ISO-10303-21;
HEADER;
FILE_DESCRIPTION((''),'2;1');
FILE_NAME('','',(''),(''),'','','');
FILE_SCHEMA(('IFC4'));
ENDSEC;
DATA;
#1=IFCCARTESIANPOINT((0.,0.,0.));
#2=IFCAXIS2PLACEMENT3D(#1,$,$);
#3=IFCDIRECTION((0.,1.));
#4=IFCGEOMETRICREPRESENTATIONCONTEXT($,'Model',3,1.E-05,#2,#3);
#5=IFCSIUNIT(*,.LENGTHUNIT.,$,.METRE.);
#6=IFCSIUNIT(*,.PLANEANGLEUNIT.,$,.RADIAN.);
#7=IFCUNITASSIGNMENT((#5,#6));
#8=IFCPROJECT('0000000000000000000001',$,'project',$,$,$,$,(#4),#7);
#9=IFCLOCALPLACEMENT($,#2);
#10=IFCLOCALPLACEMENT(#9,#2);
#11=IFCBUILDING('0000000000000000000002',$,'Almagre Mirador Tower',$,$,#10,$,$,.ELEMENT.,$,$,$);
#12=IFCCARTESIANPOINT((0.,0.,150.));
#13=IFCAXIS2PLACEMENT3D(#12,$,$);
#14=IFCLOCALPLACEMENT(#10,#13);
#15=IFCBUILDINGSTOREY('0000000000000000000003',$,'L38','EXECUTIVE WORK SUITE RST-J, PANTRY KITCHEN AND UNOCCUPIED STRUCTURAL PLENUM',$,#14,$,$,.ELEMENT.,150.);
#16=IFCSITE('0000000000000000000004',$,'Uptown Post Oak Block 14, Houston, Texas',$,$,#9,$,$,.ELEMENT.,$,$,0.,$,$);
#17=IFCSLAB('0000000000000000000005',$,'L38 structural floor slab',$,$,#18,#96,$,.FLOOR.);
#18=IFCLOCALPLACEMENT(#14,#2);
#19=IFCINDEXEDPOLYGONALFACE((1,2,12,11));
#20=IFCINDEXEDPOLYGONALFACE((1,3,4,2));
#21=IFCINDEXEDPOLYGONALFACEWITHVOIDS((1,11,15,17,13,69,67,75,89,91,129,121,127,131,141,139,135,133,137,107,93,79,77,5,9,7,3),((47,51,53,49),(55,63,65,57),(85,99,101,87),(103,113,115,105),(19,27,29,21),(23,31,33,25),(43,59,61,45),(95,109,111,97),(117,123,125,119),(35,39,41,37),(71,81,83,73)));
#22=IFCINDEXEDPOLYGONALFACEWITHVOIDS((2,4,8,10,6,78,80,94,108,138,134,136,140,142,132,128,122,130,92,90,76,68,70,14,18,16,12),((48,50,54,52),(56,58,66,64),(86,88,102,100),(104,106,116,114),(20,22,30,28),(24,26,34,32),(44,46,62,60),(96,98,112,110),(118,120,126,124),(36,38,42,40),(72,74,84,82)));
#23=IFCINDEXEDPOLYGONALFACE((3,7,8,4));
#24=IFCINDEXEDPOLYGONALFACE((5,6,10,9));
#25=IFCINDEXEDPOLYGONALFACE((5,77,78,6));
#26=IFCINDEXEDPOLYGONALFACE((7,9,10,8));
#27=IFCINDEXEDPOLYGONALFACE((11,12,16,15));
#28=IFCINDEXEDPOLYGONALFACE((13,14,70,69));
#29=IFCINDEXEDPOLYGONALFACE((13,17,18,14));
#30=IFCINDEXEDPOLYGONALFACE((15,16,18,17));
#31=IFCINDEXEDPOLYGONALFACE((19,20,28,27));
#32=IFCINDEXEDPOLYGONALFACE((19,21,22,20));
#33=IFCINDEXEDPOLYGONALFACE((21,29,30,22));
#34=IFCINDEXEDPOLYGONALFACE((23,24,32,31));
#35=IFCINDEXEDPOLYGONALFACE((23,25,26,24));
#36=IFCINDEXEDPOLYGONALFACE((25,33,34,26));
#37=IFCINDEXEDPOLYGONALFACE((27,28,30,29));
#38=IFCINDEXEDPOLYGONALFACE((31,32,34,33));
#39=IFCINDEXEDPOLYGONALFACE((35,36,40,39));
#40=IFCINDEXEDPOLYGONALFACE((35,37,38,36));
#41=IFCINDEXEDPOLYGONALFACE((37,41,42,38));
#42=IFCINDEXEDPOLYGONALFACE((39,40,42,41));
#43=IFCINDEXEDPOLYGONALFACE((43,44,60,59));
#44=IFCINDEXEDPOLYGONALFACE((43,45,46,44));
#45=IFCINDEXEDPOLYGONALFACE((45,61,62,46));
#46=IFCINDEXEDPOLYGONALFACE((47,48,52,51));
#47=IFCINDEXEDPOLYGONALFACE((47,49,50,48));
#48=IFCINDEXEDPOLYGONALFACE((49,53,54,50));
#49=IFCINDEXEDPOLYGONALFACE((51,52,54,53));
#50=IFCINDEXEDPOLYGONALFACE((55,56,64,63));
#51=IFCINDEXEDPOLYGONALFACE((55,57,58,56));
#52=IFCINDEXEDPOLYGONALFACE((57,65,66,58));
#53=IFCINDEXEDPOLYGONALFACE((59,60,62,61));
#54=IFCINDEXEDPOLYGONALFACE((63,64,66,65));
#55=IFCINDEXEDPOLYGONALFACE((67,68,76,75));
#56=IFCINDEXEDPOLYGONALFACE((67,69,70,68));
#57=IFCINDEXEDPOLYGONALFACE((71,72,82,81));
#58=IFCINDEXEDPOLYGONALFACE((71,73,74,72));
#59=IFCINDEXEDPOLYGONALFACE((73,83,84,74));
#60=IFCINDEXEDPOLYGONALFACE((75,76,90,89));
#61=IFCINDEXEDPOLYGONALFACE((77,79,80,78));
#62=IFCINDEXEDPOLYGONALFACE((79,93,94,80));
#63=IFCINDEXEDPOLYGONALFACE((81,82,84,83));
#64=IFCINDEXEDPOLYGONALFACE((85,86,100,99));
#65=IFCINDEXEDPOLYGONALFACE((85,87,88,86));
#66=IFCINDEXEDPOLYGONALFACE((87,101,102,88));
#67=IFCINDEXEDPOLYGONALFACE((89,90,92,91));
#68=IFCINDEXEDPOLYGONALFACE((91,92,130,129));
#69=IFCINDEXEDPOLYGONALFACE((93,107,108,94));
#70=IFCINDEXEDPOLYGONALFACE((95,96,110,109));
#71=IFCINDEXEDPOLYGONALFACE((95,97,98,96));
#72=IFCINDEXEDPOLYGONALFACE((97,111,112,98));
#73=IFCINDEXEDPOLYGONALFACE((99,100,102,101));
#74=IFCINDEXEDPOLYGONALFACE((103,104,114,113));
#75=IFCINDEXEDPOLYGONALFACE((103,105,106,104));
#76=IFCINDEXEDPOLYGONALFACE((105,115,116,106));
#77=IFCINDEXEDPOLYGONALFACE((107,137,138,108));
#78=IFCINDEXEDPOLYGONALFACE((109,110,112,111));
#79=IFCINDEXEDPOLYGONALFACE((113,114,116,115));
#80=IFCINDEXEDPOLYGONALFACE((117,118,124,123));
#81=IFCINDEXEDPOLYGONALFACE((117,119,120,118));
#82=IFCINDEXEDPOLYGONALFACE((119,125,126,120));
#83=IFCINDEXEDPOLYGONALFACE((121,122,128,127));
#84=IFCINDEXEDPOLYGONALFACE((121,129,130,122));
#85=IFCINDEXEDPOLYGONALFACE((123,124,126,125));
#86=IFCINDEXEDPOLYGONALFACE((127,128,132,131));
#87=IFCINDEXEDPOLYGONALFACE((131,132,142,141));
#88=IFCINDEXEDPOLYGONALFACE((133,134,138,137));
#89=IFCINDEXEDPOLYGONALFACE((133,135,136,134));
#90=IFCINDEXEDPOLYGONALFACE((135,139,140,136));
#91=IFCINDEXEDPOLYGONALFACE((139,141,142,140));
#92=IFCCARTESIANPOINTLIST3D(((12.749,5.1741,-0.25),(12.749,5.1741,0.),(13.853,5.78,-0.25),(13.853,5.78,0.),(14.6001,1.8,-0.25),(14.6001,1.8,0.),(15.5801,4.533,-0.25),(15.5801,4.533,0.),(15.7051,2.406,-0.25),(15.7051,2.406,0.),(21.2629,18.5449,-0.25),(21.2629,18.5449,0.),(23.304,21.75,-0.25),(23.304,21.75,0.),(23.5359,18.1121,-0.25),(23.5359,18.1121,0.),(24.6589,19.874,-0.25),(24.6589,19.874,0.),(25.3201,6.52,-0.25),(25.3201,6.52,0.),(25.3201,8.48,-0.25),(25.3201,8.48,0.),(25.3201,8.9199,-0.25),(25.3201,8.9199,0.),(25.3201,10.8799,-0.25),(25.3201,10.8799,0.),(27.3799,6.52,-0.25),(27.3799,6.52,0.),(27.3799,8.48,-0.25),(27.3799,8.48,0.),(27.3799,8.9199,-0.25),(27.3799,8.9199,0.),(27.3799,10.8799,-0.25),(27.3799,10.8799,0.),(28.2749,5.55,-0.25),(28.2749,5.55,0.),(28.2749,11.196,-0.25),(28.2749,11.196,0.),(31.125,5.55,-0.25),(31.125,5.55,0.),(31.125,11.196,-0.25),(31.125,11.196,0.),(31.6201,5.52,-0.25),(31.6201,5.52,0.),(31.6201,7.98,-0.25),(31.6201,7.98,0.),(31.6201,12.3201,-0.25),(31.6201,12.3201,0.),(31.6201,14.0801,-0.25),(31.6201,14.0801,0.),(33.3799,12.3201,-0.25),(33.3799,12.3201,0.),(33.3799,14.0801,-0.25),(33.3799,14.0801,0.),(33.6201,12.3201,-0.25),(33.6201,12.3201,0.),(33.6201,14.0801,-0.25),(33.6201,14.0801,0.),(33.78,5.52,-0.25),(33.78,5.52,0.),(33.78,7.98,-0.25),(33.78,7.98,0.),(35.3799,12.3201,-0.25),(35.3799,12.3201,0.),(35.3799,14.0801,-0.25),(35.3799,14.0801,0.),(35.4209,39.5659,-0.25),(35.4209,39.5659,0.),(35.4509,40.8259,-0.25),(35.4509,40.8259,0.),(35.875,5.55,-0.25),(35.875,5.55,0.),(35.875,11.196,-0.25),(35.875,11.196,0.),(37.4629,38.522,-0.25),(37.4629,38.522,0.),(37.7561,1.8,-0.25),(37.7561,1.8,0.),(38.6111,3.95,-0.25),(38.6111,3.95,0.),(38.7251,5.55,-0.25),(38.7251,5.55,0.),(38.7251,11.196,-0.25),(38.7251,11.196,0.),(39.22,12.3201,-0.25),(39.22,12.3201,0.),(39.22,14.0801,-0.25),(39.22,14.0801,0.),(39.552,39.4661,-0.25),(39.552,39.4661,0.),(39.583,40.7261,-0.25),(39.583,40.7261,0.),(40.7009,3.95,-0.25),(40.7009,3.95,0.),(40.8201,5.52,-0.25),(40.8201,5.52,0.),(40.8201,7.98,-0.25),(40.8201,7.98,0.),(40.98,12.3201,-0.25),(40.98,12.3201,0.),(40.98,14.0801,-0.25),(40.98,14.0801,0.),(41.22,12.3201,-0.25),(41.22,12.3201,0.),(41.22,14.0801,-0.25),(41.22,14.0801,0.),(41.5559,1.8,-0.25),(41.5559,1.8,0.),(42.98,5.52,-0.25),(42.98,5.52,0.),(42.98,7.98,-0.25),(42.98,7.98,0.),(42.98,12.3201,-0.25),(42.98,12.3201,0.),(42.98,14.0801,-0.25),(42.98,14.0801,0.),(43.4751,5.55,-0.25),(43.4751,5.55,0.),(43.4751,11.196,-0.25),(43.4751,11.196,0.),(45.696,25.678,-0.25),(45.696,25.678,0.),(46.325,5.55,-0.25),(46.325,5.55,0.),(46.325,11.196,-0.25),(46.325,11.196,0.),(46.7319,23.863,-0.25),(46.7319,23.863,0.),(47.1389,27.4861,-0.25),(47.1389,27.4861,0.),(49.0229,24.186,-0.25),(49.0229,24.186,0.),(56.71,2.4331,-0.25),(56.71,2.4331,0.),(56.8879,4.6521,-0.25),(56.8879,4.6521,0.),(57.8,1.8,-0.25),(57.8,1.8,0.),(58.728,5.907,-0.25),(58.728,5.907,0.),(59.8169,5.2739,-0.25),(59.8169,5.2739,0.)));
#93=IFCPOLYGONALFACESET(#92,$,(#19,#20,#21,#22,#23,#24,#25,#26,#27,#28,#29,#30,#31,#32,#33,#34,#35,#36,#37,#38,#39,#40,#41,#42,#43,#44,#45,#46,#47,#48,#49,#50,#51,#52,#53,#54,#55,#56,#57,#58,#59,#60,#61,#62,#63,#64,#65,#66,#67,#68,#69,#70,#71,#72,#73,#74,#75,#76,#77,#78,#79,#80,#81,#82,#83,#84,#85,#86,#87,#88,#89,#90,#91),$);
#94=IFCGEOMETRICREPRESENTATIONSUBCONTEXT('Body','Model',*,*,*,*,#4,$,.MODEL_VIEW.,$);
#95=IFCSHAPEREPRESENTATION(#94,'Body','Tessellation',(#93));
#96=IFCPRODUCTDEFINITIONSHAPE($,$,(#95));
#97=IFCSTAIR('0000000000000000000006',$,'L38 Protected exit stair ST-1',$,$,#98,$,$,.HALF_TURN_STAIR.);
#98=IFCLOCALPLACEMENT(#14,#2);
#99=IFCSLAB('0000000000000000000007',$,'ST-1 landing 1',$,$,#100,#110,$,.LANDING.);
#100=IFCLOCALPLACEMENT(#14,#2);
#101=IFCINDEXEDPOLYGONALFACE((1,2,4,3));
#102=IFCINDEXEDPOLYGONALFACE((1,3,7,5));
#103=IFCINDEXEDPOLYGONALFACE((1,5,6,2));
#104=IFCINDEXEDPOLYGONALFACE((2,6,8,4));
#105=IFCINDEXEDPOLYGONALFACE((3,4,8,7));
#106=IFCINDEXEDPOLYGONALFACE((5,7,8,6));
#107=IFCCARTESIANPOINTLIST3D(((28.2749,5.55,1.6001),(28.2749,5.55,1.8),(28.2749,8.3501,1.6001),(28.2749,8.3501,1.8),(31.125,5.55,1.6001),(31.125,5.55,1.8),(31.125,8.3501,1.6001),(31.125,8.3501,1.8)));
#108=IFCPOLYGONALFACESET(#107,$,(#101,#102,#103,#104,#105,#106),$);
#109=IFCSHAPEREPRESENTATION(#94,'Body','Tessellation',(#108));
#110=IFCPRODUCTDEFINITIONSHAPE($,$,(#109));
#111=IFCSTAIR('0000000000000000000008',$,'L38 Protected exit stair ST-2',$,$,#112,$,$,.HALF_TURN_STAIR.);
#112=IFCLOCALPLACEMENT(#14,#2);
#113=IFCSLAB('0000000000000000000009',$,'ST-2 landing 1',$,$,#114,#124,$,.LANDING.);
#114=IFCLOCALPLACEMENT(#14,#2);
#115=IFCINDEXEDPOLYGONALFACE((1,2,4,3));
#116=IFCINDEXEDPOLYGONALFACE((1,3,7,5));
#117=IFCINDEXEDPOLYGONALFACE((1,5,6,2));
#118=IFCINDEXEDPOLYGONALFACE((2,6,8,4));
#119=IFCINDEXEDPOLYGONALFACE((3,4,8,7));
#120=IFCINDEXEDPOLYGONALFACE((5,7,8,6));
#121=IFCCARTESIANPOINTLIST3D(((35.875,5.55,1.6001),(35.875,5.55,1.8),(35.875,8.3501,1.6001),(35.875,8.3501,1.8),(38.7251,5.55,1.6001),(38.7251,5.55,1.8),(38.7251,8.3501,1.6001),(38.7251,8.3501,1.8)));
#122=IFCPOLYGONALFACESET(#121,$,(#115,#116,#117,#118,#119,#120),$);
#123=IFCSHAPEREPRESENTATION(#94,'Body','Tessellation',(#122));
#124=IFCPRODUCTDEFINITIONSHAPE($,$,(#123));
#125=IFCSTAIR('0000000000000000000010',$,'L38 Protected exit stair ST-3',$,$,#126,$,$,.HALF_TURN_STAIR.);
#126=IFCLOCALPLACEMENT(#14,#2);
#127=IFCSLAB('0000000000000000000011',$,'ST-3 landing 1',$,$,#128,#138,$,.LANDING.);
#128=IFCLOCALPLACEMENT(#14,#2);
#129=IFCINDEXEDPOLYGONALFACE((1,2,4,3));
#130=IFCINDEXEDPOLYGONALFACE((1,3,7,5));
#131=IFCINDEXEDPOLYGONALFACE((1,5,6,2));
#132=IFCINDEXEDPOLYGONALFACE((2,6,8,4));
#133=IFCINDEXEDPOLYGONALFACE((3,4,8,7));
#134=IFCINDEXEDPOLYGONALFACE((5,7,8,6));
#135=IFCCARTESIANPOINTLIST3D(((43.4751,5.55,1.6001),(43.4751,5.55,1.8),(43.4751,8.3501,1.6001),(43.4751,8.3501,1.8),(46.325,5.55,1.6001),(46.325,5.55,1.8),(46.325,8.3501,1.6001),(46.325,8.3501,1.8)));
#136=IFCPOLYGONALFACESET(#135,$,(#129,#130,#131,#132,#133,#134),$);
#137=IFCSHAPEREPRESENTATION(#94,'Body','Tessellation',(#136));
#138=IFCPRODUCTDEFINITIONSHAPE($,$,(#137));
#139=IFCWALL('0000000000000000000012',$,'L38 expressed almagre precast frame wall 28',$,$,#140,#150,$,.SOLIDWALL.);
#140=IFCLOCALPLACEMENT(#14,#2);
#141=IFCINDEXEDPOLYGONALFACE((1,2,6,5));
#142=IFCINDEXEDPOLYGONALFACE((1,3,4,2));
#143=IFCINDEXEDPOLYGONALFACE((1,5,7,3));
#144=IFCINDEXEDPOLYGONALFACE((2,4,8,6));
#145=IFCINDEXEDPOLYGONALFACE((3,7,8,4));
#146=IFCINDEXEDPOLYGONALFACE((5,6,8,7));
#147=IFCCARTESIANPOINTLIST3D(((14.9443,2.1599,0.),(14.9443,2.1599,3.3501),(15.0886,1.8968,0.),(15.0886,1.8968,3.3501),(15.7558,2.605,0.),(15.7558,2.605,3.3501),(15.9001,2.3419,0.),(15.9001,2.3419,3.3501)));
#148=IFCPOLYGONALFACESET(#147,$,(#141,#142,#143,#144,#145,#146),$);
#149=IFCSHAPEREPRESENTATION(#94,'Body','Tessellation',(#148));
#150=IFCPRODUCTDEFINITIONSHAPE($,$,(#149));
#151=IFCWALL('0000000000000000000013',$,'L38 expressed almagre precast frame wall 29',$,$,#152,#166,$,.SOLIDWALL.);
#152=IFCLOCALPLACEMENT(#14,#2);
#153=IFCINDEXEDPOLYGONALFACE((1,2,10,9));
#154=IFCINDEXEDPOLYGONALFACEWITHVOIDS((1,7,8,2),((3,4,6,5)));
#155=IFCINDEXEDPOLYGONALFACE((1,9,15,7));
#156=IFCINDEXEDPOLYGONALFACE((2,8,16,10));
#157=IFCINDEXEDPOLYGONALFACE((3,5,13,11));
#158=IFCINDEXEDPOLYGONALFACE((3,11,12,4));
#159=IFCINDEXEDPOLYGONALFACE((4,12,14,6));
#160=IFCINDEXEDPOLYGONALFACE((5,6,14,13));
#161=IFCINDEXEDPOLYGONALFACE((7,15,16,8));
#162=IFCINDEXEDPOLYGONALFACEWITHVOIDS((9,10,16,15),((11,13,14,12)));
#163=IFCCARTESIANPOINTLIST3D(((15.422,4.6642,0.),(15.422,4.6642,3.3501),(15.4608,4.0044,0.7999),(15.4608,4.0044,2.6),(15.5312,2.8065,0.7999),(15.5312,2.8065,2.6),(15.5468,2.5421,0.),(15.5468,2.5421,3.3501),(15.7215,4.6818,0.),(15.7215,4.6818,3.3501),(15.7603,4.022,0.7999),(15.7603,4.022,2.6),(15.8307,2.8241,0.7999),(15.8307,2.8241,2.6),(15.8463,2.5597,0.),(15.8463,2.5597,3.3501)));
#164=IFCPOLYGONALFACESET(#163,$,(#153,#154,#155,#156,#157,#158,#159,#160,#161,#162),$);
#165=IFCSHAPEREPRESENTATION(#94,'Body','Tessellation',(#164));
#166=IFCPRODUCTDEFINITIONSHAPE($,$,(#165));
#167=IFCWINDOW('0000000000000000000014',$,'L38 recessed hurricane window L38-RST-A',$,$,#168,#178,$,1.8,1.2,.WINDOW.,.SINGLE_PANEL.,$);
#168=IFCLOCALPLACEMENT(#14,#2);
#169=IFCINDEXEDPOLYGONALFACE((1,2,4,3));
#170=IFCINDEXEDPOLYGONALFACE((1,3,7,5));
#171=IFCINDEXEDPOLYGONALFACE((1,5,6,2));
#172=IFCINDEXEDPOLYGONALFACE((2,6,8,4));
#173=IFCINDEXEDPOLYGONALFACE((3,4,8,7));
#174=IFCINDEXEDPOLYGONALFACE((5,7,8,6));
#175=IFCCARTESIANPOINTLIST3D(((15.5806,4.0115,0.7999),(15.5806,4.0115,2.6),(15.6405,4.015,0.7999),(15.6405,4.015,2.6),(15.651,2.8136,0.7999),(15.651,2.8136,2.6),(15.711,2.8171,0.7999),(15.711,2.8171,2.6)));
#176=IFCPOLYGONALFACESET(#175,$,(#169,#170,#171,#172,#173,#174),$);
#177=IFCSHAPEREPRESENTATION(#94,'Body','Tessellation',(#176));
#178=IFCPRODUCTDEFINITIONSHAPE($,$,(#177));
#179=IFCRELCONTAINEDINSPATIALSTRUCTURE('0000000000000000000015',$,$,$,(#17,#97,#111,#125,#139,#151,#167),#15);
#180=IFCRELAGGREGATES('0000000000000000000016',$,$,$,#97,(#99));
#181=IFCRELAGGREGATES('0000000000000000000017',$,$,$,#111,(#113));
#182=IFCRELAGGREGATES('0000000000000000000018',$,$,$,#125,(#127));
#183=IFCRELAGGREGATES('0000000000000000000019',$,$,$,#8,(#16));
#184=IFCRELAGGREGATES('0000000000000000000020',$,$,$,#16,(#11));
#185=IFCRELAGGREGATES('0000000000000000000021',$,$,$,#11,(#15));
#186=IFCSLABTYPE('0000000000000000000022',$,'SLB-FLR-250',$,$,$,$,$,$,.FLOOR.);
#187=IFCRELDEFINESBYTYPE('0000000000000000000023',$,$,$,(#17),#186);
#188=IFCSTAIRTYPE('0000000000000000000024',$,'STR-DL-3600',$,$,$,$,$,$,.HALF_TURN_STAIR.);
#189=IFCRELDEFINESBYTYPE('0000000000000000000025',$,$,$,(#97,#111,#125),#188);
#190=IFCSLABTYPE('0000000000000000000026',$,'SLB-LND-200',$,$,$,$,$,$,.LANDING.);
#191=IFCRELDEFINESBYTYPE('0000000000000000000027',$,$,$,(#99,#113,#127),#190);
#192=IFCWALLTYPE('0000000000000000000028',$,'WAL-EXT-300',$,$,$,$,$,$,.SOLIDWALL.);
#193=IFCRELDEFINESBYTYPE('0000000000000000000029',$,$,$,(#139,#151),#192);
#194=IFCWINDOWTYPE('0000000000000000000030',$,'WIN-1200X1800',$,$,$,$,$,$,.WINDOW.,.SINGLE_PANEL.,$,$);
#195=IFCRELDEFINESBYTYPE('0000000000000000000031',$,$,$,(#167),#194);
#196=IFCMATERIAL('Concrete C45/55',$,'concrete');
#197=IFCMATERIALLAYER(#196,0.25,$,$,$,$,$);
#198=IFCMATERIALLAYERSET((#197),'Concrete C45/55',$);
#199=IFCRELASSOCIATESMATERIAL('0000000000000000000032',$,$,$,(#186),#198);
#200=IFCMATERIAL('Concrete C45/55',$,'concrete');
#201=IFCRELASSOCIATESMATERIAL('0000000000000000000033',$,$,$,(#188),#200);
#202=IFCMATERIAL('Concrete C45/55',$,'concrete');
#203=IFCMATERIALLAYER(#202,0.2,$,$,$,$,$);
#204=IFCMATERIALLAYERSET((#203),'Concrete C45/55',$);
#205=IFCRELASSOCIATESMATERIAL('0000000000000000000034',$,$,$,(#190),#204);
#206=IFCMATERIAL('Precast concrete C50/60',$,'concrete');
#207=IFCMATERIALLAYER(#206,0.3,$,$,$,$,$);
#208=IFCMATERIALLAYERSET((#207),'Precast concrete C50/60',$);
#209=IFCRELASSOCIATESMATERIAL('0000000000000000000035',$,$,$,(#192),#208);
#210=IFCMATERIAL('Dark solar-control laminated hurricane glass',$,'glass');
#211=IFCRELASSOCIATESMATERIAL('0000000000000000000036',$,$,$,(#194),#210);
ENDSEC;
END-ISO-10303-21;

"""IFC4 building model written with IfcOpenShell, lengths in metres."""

from ifc_helpers import new_model, si_unit, direction, frame, frame_2d, origin, place, context, subcontext, project, spatial, polyline, rectangle, outline, extrude, material, layer, layer_set, type_object, element, fill, aggregate, save


model = new_model("IFC4")

# Units and contexts
model_context = context("Model", 3, precision=1e-05, world=origin(), true_north=direction((0.0, 1.0)))
body_context = subcontext(model_context, "Body", "Model", "MODEL_VIEW")
ifc_project = project(units=[si_unit("LENGTHUNIT", "METRE"), si_unit("PLANEANGLEUNIT", "RADIAN")], contexts=[model_context])

# Site, building, storey
site_placement = place(None, origin())
site = spatial("IfcSite", under=ifc_project, at=site_placement, Name="Uptown Post Oak Block 14, Houston, Texas", CompositionType="ELEMENT", RefElevation=0.0)
building_placement = place(site_placement, origin())
building = spatial("IfcBuilding", under=site, at=building_placement, Name="Almagre Mirador Tower", CompositionType="ELEMENT")
storey_placement = place(building_placement, frame((0.0, 0.0, 150.0)))
storey = spatial("IfcBuildingStorey", under=building, at=storey_placement, Name="L38", Description="EXECUTIVE WORK SUITE RST-J, PANTRY KITCHEN AND UNOCCUPIED STRUCTURAL PLENUM", CompositionType="ELEMENT", Elevation=150.0)

# Slab
ifc_material_1 = material(Name="Concrete C45/55", Category="concrete")
ifc_layer_1 = layer(ifc_material_1, 0.25)
ifc_layer_set_1 = layer_set([ifc_layer_1], Name="Concrete C45/55")
slab_type_1 = type_object("IfcSlabType", Name="SLB-FLR-250", PredefinedType="FLOOR", material=ifc_layer_set_1)
slab_1_placement = place(storey_placement, frame((0.0, 0.0, -0.25)))
element("IfcSlab", 1, at=slab_1_placement, inside=storey, type_object=slab_type_1, Name="L38 structural floor slab", PredefinedType="FLOOR", context=body_context, shape_type="SweptSolid", body=[
    extrude(outline(polyline([(12.749, 5.1741), (13.853, 5.78), (15.5801, 4.533), (15.7051, 2.406), (14.6001, 1.8), (37.7561, 1.8), (38.6111, 3.95), (40.7009, 3.95), (41.5559, 1.8), (57.8, 1.8), (56.71, 2.4331), (56.8879, 4.6521), (58.728, 5.907), (59.8169, 5.2739), (49.0229, 24.186), (46.7319, 23.863), (45.696, 25.678), (47.1389, 27.4861), (39.583, 40.7261), (39.552, 39.4661), (37.4629, 38.522), (35.4209, 39.5659), (35.4509, 40.8259), (23.304, 21.75), (24.6589, 19.874), (23.5359, 18.1121), (21.2629, 18.5449), (12.749, 5.1741)]), holes=[polyline([(43.4751, 5.55), (43.4751, 11.196), (46.325, 11.196), (46.325, 5.55), (43.4751, 5.55)]), polyline([(40.8201, 5.52), (40.8201, 7.98), (42.98, 7.98), (42.98, 5.52), (40.8201, 5.52)]), polyline([(41.22, 12.3201), (41.22, 14.0801), (42.98, 14.0801), (42.98, 12.3201), (41.22, 12.3201)]), polyline([(39.22, 12.3201), (39.22, 14.0801), (40.98, 14.0801), (40.98, 12.3201), (39.22, 12.3201)]), polyline([(35.875, 11.196), (38.7251, 11.196), (38.7251, 5.55), (35.875, 5.55), (35.875, 11.196)]), polyline([(35.3799, 12.3201), (33.6201, 12.3201), (33.6201, 14.0801), (35.3799, 14.0801), (35.3799, 12.3201)]), polyline([(33.78, 5.52), (31.6201, 5.52), (31.6201, 7.98), (33.78, 7.98), (33.78, 5.52)]), polyline([(31.6201, 12.3201), (31.6201, 14.0801), (33.3799, 14.0801), (33.3799, 12.3201), (31.6201, 12.3201)]), polyline([(28.2749, 5.55), (28.2749, 11.196), (31.125, 11.196), (31.125, 5.55), (28.2749, 5.55)]), polyline([(25.3201, 8.9199), (25.3201, 10.8799), (27.3799, 10.8799), (27.3799, 8.9199), (25.3201, 8.9199)]), polyline([(27.3799, 6.52), (25.3201, 6.52), (25.3201, 8.48), (27.3799, 8.48), (27.3799, 6.52)])]), origin(), (0.0, 0.0, 1.0), 0.25),
])

# Stairs, slabs
ifc_material_2 = material(Name="Concrete C45/55", Category="concrete")
stair_type = type_object("IfcStairType", Name="STR-DL-3600", PredefinedType="HALF_TURN_STAIR", material=ifc_material_2)
stair_1_placement = place(storey_placement, origin())
stair_1 = element("IfcStair", 2, at=stair_1_placement, inside=storey, type_object=stair_type, Name="L38 Protected exit stair ST-1", PredefinedType="HALF_TURN_STAIR")
ifc_material_3 = material(Name="Concrete C45/55", Category="concrete")
ifc_layer_2 = layer(ifc_material_3, 0.2)
ifc_layer_set_2 = layer_set([ifc_layer_2], Name="Concrete C45/55")
slab_type_2 = type_object("IfcSlabType", Name="SLB-LND-200", PredefinedType="LANDING", material=ifc_layer_set_2)
slab_2_placement = place(storey_placement, frame((0.0, 0.0, 1.6001)))
slab_2 = element("IfcSlab", 3, at=slab_2_placement, type_object=slab_type_2, Name="ST-1 landing 1", PredefinedType="LANDING", context=body_context, shape_type="SweptSolid", body=[
    extrude(outline(polyline([(28.2749, 8.3501), (28.2749, 5.55), (31.125, 5.55), (31.125, 8.3501), (28.2749, 8.3501)])), origin(), (0.0, 0.0, 1.0), 0.2),
])
aggregate(stair_1, [slab_2])
stair_2_placement = place(storey_placement, origin())
stair_2 = element("IfcStair", 4, at=stair_2_placement, inside=storey, type_object=stair_type, Name="L38 Protected exit stair ST-2", PredefinedType="HALF_TURN_STAIR")
slab_3_placement = place(storey_placement, frame((0.0, 0.0, 1.6001)))
slab_3 = element("IfcSlab", 5, at=slab_3_placement, type_object=slab_type_2, Name="ST-2 landing 1", PredefinedType="LANDING", context=body_context, shape_type="SweptSolid", body=[
    extrude(outline(polyline([(35.875, 8.3501), (35.875, 5.55), (38.7251, 5.55), (38.7251, 8.3501), (35.875, 8.3501)])), origin(), (0.0, 0.0, 1.0), 0.2),
])
aggregate(stair_2, [slab_3])
stair_3_placement = place(storey_placement, origin())
stair_3 = element("IfcStair", 6, at=stair_3_placement, inside=storey, type_object=stair_type, Name="L38 Protected exit stair ST-3", PredefinedType="HALF_TURN_STAIR")
slab_4_placement = place(storey_placement, frame((0.0, 0.0, 1.6001)))
slab_4 = element("IfcSlab", 7, at=slab_4_placement, type_object=slab_type_2, Name="ST-3 landing 1", PredefinedType="LANDING", context=body_context, shape_type="SweptSolid", body=[
    extrude(outline(polyline([(43.4751, 8.3501), (43.4751, 5.55), (46.325, 5.55), (46.325, 8.3501), (43.4751, 8.3501)])), origin(), (0.0, 0.0, 1.0), 0.2),
])
aggregate(stair_3, [slab_4])

# Wall
ifc_material_4 = material(Name="Precast concrete C50/60", Category="concrete")
ifc_layer_3 = layer(ifc_material_4, 0.3)
ifc_layer_set_3 = layer_set([ifc_layer_3], Name="Precast concrete C50/60")
wall_type = type_object("IfcWallType", Name="WAL-EXT-300", PredefinedType="SOLIDWALL", material=ifc_layer_set_3)
wall_1_placement = place(storey_placement, frame((15.0164, 2.0283, 0.0), z_axis=(0.0, 0.0, 1.0), x_axis=(0.876794, 0.480865, 0.0)))
element("IfcWall", 8, at=wall_1_placement, inside=storey, type_object=wall_type, Name="L38 expressed almagre precast frame wall 28", PredefinedType="SOLIDWALL", context=body_context, shape_type="SweptSolid", body=[
    extrude(rectangle(XDim=0.9255, YDim=0.3, at=frame_2d((0.4629, 0.0))), origin(), (0.0, 0.0, 1.0), 3.3501),
])

# Wall, opening, window
wall_2_placement = place(storey_placement, frame((15.6965, 2.5508, 0.0), z_axis=(0.0, 0.0, 1.0), x_axis=(-0.058688, 0.998276, 0.0)))
wall_2 = element("IfcWall", 9, at=wall_2_placement, inside=storey, type_object=wall_type, Name="L38 expressed almagre precast frame wall 29", PredefinedType="SOLIDWALL", context=body_context, shape_type="SweptSolid", body=[
    extrude(rectangle(XDim=2.1257, YDim=0.3, at=frame_2d((1.063, 0.0))), origin(), (0.0, 0.0, 1.0), 3.3501),
])
opening_1_placement = place(wall_2_placement, frame((0.2649, 0.0, 0.8)))
opening_1 = element("IfcOpeningElement", 10, at=opening_1_placement, cuts=wall_2, PredefinedType="OPENING", context=body_context, shape_type="SweptSolid", body=[
    extrude(rectangle(XDim=1.2, YDim=1.8, at=frame_2d((0.6001, 0.8999))), frame((0.0, 0.1599, 0.0), z_axis=(0.0, -1.0, 0.0), x_axis=(1.0, 0.0, 0.0)), (0.0, 0.0, 1.0), 0.32),
])
ifc_material_5 = material(Name="Dark solar-control laminated hurricane glass", Category="glass")
window_type_1 = type_object("IfcWindowType", Name="WIN-1200X1800", PartitioningType="SINGLE_PANEL", PredefinedType="WINDOW", material=ifc_material_5)
window_1_placement = place(opening_1_placement, origin())
window_1 = element("IfcWindow", 11, at=window_1_placement, inside=storey, type_object=window_type_1, Name="L38 recessed hurricane window L38-RST-A", OverallHeight=1.8, OverallWidth=1.2, PartitioningType="SINGLE_PANEL", PredefinedType="WINDOW", context=body_context, shape_type="SweptSolid", body=[
    extrude(rectangle(XDim=1.2, YDim=1.8, at=frame_2d((0.6001, 0.8999))), frame((0.0, 0.03, 0.0), z_axis=(0.0, -1.0, 0.0), x_axis=(1.0, 0.0, 0.0)), (0.0, 0.0, 1.0), 0.0601),
])
fill(opening_1, window_1)

save(model, "model.ifc")
